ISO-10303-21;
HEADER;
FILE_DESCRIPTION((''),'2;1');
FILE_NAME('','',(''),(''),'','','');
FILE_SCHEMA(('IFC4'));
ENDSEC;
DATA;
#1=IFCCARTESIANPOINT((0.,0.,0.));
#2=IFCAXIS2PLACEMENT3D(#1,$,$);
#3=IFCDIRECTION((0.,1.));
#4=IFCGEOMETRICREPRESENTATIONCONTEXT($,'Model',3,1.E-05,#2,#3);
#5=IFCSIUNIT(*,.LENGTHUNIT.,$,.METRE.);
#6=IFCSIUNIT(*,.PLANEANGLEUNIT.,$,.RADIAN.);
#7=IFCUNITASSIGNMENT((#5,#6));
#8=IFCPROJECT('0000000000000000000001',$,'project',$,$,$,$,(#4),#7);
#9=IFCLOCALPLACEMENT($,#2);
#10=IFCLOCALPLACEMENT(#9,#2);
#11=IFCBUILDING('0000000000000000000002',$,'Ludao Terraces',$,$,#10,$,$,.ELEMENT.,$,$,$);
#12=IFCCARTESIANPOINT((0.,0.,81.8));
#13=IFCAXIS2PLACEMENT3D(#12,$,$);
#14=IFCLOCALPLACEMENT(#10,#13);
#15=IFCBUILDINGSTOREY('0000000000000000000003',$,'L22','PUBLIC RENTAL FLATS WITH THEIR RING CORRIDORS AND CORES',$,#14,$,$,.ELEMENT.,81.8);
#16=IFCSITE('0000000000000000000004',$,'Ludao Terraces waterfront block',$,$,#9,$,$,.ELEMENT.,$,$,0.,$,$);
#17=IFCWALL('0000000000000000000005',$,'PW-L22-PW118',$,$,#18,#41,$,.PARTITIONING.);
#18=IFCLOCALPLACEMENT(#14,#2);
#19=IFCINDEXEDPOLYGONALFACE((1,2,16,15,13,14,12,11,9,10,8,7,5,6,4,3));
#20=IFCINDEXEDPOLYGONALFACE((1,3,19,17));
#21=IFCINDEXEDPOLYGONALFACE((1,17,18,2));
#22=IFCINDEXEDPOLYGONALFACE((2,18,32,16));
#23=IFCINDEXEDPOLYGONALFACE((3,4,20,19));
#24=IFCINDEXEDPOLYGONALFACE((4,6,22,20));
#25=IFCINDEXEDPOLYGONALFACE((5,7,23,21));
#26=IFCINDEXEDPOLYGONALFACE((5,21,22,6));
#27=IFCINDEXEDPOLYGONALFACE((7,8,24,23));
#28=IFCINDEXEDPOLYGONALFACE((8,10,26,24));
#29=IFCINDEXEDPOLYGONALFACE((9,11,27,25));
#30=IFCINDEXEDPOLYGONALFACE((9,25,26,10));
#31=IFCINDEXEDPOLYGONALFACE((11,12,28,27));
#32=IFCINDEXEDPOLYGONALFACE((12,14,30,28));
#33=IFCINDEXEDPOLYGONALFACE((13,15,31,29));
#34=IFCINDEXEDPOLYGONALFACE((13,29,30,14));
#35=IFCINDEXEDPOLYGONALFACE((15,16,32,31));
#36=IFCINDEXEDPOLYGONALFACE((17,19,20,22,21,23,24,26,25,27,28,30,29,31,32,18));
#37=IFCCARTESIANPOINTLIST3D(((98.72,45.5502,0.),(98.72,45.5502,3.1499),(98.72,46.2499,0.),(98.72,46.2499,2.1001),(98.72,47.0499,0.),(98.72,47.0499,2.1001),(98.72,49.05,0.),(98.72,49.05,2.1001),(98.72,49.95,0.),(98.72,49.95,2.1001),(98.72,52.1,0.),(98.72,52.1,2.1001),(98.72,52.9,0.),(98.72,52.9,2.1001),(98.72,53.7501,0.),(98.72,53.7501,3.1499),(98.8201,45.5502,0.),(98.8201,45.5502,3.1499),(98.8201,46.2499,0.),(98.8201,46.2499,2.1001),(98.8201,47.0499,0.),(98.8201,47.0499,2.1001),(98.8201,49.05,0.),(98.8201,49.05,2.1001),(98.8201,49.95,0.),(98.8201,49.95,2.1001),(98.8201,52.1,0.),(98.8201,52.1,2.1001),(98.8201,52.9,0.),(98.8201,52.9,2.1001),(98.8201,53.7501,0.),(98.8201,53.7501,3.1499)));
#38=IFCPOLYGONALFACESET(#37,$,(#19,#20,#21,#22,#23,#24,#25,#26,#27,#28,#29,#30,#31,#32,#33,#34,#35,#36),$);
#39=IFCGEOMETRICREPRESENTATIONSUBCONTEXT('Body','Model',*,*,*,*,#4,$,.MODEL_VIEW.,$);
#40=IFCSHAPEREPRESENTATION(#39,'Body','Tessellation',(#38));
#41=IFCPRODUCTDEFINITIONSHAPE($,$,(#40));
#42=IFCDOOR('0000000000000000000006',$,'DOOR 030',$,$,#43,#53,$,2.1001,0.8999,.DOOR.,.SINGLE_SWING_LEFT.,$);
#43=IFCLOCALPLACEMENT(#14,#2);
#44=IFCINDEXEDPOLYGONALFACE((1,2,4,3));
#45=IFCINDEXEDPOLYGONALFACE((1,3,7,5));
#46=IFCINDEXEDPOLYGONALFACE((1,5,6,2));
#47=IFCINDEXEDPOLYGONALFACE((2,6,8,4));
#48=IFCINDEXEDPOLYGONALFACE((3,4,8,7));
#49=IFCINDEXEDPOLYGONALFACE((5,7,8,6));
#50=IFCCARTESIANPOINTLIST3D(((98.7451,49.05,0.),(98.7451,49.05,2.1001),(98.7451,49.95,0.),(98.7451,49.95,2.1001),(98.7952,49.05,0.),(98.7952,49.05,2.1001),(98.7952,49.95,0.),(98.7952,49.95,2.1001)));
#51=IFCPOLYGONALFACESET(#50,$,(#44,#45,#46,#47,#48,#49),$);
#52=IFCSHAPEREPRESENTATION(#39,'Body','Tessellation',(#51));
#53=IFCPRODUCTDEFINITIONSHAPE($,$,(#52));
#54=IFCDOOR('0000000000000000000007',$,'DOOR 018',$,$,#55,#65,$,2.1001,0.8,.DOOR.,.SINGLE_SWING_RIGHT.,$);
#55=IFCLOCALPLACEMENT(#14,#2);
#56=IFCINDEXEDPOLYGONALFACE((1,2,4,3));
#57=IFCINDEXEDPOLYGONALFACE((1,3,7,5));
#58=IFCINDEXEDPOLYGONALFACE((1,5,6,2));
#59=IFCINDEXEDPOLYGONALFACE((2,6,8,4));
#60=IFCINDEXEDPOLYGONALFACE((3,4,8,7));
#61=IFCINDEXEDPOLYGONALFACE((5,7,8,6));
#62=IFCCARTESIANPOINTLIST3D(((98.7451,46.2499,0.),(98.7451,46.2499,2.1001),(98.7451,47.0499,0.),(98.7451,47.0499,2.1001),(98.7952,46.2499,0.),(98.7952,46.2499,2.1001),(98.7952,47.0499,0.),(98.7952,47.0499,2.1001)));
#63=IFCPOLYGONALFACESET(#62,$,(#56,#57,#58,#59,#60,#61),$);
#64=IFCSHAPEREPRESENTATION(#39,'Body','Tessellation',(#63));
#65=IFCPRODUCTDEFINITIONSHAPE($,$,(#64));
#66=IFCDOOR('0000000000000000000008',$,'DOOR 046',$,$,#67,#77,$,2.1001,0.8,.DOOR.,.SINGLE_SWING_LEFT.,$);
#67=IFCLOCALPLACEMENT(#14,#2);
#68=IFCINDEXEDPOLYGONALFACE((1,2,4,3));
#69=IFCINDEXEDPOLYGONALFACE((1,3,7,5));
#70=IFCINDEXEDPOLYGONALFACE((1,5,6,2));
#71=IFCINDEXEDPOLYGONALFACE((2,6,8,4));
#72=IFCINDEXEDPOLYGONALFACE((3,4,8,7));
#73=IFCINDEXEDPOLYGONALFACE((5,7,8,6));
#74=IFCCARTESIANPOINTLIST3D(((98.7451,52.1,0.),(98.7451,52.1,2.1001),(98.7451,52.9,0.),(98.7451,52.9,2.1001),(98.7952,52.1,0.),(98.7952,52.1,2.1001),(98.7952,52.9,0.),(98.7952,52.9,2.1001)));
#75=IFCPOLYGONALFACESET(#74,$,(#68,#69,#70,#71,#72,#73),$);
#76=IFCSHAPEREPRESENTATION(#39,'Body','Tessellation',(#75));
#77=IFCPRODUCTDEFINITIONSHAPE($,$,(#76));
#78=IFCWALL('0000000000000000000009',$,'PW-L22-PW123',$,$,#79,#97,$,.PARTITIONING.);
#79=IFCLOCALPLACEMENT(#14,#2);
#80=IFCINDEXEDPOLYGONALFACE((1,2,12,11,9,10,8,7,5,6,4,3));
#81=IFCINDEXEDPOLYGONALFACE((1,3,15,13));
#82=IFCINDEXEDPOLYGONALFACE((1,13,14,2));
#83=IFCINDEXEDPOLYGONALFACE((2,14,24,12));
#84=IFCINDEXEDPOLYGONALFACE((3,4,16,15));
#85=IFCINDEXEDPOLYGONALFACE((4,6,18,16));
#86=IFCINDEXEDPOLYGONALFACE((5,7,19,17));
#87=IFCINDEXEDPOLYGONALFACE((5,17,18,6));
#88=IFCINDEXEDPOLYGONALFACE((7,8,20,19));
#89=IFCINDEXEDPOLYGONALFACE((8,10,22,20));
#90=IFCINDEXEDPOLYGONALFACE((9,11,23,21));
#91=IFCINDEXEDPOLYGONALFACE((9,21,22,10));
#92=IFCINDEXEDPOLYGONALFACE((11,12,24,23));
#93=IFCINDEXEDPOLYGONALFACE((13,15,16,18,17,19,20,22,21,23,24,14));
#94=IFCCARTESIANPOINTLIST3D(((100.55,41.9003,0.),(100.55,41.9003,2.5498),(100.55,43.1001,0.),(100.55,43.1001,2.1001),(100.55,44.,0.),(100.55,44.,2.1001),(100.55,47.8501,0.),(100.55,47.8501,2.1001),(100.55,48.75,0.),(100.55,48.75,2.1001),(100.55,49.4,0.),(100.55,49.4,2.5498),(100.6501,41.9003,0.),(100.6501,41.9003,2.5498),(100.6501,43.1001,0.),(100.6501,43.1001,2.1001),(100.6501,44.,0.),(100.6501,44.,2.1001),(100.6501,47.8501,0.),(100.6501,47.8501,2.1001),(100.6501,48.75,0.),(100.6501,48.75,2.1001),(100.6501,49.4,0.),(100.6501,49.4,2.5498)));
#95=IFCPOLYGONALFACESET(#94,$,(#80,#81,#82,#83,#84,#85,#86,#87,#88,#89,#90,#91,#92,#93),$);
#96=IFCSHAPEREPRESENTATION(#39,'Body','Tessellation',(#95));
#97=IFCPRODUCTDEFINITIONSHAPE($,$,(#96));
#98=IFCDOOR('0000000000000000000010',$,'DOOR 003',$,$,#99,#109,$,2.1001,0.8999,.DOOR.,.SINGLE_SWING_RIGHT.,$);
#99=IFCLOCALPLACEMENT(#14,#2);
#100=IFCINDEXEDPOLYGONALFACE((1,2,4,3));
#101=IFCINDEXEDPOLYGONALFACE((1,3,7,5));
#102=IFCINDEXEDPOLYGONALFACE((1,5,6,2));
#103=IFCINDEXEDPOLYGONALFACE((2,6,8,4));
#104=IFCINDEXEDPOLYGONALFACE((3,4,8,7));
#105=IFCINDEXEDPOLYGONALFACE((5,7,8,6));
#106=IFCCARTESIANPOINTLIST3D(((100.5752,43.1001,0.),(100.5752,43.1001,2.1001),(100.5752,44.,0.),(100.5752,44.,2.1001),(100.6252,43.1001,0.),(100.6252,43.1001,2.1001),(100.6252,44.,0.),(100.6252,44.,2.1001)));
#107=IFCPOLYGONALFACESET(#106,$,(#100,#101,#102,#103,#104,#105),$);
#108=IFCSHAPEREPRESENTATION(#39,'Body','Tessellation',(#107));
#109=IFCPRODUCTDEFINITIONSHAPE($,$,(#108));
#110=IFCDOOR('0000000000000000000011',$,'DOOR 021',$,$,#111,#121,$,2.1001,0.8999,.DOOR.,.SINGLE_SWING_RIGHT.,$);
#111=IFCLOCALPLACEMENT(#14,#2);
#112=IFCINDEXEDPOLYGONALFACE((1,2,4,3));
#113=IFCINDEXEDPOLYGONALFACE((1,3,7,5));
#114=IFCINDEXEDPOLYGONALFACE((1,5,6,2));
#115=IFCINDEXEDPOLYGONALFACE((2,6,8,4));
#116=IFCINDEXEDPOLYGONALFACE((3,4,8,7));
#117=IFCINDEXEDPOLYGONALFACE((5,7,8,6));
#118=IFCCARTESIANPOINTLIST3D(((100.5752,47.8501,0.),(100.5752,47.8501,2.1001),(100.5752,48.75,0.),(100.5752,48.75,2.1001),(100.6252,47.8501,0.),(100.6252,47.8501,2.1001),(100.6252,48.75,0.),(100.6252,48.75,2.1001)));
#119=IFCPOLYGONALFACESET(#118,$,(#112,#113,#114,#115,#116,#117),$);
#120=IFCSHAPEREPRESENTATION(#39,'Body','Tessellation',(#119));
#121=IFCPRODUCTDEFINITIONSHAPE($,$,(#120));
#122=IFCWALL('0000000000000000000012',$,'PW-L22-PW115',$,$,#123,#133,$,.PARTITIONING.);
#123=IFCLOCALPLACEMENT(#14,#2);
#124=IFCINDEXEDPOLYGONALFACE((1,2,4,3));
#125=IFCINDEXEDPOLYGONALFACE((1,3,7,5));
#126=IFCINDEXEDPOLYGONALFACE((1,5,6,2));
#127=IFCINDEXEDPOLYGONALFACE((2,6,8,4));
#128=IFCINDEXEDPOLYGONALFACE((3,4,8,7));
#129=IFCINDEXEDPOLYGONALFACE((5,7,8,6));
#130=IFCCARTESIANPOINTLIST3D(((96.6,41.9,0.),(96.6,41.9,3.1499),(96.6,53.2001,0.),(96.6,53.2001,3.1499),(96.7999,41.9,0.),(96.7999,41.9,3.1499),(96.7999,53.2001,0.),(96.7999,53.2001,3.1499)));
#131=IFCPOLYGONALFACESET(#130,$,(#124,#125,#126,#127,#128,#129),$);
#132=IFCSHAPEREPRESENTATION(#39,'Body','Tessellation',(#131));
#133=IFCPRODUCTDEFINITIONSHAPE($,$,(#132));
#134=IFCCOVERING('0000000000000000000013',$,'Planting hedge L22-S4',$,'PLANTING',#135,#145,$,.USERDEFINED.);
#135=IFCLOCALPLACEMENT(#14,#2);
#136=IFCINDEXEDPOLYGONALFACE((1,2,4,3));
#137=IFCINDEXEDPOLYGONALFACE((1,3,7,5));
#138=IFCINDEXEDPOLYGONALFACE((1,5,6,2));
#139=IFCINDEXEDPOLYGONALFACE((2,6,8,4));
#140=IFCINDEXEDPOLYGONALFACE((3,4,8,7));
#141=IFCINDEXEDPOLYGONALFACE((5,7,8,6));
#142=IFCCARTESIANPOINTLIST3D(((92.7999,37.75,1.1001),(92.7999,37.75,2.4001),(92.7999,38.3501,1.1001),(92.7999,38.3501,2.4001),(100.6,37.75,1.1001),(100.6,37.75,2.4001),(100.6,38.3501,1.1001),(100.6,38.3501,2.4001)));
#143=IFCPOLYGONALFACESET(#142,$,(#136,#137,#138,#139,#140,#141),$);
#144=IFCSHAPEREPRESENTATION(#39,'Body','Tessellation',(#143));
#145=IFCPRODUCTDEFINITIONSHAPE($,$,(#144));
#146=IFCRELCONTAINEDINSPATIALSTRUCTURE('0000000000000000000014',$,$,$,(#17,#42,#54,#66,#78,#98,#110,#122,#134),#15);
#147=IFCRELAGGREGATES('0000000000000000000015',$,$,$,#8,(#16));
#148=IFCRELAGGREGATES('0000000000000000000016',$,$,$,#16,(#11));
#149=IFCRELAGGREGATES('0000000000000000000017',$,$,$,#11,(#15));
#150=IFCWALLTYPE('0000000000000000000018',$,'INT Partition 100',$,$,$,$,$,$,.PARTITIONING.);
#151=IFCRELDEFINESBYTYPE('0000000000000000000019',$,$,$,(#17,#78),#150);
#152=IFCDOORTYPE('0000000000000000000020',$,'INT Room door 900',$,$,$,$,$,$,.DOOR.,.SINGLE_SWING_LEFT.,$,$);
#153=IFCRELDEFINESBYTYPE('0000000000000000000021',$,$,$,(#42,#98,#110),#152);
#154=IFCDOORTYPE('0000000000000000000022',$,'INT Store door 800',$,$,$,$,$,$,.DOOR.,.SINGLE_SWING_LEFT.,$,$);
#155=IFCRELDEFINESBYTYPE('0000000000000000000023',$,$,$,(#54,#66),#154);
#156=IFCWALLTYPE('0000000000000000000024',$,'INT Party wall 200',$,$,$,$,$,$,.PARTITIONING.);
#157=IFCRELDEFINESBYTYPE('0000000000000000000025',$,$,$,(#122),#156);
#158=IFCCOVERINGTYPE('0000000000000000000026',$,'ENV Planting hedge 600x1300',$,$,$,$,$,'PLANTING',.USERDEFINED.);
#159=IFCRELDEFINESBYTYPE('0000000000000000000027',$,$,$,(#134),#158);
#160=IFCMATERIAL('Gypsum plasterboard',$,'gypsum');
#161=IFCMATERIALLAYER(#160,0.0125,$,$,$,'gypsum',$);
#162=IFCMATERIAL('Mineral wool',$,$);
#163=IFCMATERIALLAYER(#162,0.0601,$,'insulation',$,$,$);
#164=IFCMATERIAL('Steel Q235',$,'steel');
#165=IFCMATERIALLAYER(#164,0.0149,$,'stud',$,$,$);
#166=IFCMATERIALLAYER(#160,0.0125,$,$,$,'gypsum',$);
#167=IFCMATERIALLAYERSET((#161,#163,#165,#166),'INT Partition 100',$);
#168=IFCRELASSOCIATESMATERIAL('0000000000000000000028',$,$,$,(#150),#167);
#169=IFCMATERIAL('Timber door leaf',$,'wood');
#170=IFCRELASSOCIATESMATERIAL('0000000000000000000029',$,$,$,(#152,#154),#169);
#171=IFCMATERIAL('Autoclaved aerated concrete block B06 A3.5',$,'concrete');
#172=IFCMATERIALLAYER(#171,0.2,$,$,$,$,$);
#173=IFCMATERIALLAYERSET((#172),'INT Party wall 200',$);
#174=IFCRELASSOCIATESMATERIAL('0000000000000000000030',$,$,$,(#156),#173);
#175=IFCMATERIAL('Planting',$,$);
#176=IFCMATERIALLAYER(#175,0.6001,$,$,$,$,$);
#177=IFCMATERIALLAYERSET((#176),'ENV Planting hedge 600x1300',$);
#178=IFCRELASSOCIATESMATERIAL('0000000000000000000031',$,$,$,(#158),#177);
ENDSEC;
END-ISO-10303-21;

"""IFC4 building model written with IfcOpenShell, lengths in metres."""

from ifc_helpers import new_model, si_unit, direction, frame, frame_2d, origin, origin_2d, place, context, subcontext, project, spatial, rectangle, extrude, material, layer, layer_set, type_object, element, fill, save


model = new_model("IFC4")

# Units and contexts
model_context = context("Model", 3, precision=1e-05, world=origin(), true_north=direction((0.0, 1.0)))
body_context = subcontext(model_context, "Body", "Model", "MODEL_VIEW")
ifc_project = project(units=[si_unit("LENGTHUNIT", "METRE"), si_unit("PLANEANGLEUNIT", "RADIAN")], contexts=[model_context])

# Site, building, storey
site_placement = place(None, origin())
site = spatial("IfcSite", under=ifc_project, at=site_placement, Name="Ludao Terraces waterfront block", CompositionType="ELEMENT", RefElevation=0.0)
building_placement = place(site_placement, origin())
building = spatial("IfcBuilding", under=site, at=building_placement, Name="Ludao Terraces", CompositionType="ELEMENT")
storey_placement = place(building_placement, frame((0.0, 0.0, 81.8)))
storey = spatial("IfcBuildingStorey", under=building, at=storey_placement, Name="L22", Description="PUBLIC RENTAL FLATS WITH THEIR RING CORRIDORS AND CORES", CompositionType="ELEMENT", Elevation=81.8)

# Shared definitions
ifc_material_1 = material(Name="Gypsum plasterboard", Category="gypsum")
ifc_layer_1 = layer(ifc_material_1, 0.0125, Category="gypsum")
ifc_material_2 = material(Name="Mineral wool")
ifc_layer_2 = layer(ifc_material_2, 0.0601, Name="insulation")
ifc_material_3 = material(Name="Steel Q235", Category="steel")
ifc_layer_3 = layer(ifc_material_3, 0.0149, Name="stud")
ifc_layer_4 = layer(ifc_material_1, 0.0125, Category="gypsum")
ifc_layer_set_1 = layer_set([ifc_layer_1, ifc_layer_2, ifc_layer_3, ifc_layer_4], Name="INT Partition 100")
wall_type_1 = type_object("IfcWallType", Name="INT Partition 100", PredefinedType="PARTITIONING", material=ifc_layer_set_1)

# Walls, openings, doors
wall_1_placement = place(storey_placement, frame((98.77, 45.55, 0.0), z_axis=(0.0, 0.0, 1.0), x_axis=(0.0, 1.0, 0.0)))
wall_1 = element("IfcWall", 1, at=wall_1_placement, inside=storey, type_object=wall_type_1, Name="PW-L22-PW118", PredefinedType="PARTITIONING", context=body_context, shape_type="SweptSolid", body=[
    extrude(rectangle(XDim=8.2, YDim=0.1001, at=frame_2d((4.1001, 0.0))), origin(), (0.0, 0.0, 1.0), 3.1499),
])
opening_1_placement = place(wall_1_placement, frame((0.7, 0.0, 0.0)))
opening_1 = element("IfcOpeningElement", 2, at=opening_1_placement, cuts=wall_1, PredefinedType="OPENING", context=body_context, shape_type="SweptSolid", body=[
    extrude(rectangle(XDim=0.8, YDim=2.1001, at=frame_2d((0.3999, 1.05))), frame((0.0, 0.0601, 0.0), z_axis=(0.0, -1.0, 0.0), x_axis=(1.0, 0.0, 0.0)), (0.0, 0.0, 1.0), 0.1201),
])
opening_2_placement = place(wall_1_placement, frame((3.5, 0.0, 0.0)))
opening_2 = element("IfcOpeningElement", 3, at=opening_2_placement, cuts=wall_1, PredefinedType="OPENING", context=body_context, shape_type="SweptSolid", body=[
    extrude(rectangle(XDim=0.8999, YDim=2.1001, at=frame_2d((0.45, 1.05))), frame((0.0, 0.0601, 0.0), z_axis=(0.0, -1.0, 0.0), x_axis=(1.0, 0.0, 0.0)), (0.0, 0.0, 1.0), 0.1201),
])
opening_3_placement = place(wall_1_placement, frame((6.55, 0.0, 0.0)))
opening_3 = element("IfcOpeningElement", 4, at=opening_3_placement, cuts=wall_1, PredefinedType="OPENING", context=body_context, shape_type="SweptSolid", body=[
    extrude(rectangle(XDim=0.8, YDim=2.1001, at=frame_2d((0.3999, 1.05))), frame((0.0, 0.0601, 0.0), z_axis=(0.0, -1.0, 0.0), x_axis=(1.0, 0.0, 0.0)), (0.0, 0.0, 1.0), 0.1201),
])
ifc_material_4 = material(Name="Timber door leaf", Category="wood")
door_type_1 = type_object("IfcDoorType", Name="INT Room door 900", OperationType="SINGLE_SWING_LEFT", PredefinedType="DOOR", material=ifc_material_4)
door_1_placement = place(opening_2_placement, origin())
door_1 = element("IfcDoor", 5, at=door_1_placement, inside=storey, type_object=door_type_1, Name="DOOR 030", OperationType="SINGLE_SWING_LEFT", OverallHeight=2.1001, OverallWidth=0.8999, PredefinedType="DOOR", context=body_context, shape_type="SweptSolid", body=[
    extrude(rectangle(XDim=0.8999, YDim=2.1001, at=frame_2d((0.45, 1.05))), frame((0.0, 0.0249, 0.0), z_axis=(0.0, -1.0, 0.0), x_axis=(1.0, 0.0, 0.0)), (0.0, 0.0, 1.0), 0.05),
])
fill(opening_2, door_1)
door_type_2 = type_object("IfcDoorType", Name="INT Store door 800", OperationType="SINGLE_SWING_LEFT", PredefinedType="DOOR", material=ifc_material_4)
door_2_placement = place(opening_1_placement, origin())
door_2 = element("IfcDoor", 6, at=door_2_placement, inside=storey, type_object=door_type_2, Name="DOOR 018", OperationType="SINGLE_SWING_RIGHT", OverallHeight=2.1001, OverallWidth=0.8, PredefinedType="DOOR", context=body_context, shape_type="SweptSolid", body=[
    extrude(rectangle(XDim=0.8, YDim=2.1001, at=frame_2d((0.3999, 1.05))), frame((0.0, 0.0249, 0.0), z_axis=(0.0, -1.0, 0.0), x_axis=(1.0, 0.0, 0.0)), (0.0, 0.0, 1.0), 0.05),
])
fill(opening_1, door_2)
door_3_placement = place(opening_3_placement, origin())
door_3 = element("IfcDoor", 7, at=door_3_placement, inside=storey, type_object=door_type_2, Name="DOOR 046", OperationType="SINGLE_SWING_LEFT", OverallHeight=2.1001, OverallWidth=0.8, PredefinedType="DOOR", context=body_context, shape_type="SweptSolid", body=[
    extrude(rectangle(XDim=0.8, YDim=2.1001, at=frame_2d((0.3999, 1.05))), frame((0.0, 0.0249, 0.0), z_axis=(0.0, -1.0, 0.0), x_axis=(1.0, 0.0, 0.0)), (0.0, 0.0, 1.0), 0.05),
])
fill(opening_3, door_3)
wall_2_placement = place(storey_placement, frame((100.6001, 41.9001, 0.0), z_axis=(0.0, 0.0, 1.0), x_axis=(0.0, 1.0, 0.0)))
wall_2 = element("IfcWall", 8, at=wall_2_placement, inside=storey, type_object=wall_type_1, Name="PW-L22-PW123", PredefinedType="PARTITIONING", context=body_context, shape_type="SweptSolid", body=[
    extrude(rectangle(XDim=7.4998, YDim=0.1001, at=frame_2d((3.75, 0.0))), origin(), (0.0, 0.0, 1.0), 2.5498),
])
opening_4_placement = place(wall_2_placement, frame((1.2, 0.0, 0.0)))
opening_4 = element("IfcOpeningElement", 9, at=opening_4_placement, cuts=wall_2, PredefinedType="OPENING", context=body_context, shape_type="SweptSolid", body=[
    extrude(rectangle(XDim=0.8999, YDim=2.1001, at=frame_2d((0.45, 1.05))), frame((0.0, 0.0601, 0.0), z_axis=(0.0, -1.0, 0.0), x_axis=(1.0, 0.0, 0.0)), (0.0, 0.0, 1.0), 0.1201),
])
opening_5_placement = place(wall_2_placement, frame((5.95, 0.0, 0.0)))
opening_5 = element("IfcOpeningElement", 10, at=opening_5_placement, cuts=wall_2, PredefinedType="OPENING", context=body_context, shape_type="SweptSolid", body=[
    extrude(rectangle(XDim=0.8999, YDim=2.1001, at=frame_2d((0.45, 1.05))), frame((0.0, 0.0601, 0.0), z_axis=(0.0, -1.0, 0.0), x_axis=(1.0, 0.0, 0.0)), (0.0, 0.0, 1.0), 0.1201),
])
door_4_placement = place(opening_4_placement, origin())
door_4 = element("IfcDoor", 11, at=door_4_placement, inside=storey, type_object=door_type_1, Name="DOOR 003", OperationType="SINGLE_SWING_RIGHT", OverallHeight=2.1001, OverallWidth=0.8999, PredefinedType="DOOR", context=body_context, shape_type="SweptSolid", body=[
    extrude(rectangle(XDim=0.8999, YDim=2.1001, at=frame_2d((0.45, 1.05))), frame((0.0, 0.0249, 0.0), z_axis=(0.0, -1.0, 0.0), x_axis=(1.0, 0.0, 0.0)), (0.0, 0.0, 1.0), 0.05),
])
fill(opening_4, door_4)
door_5_placement = place(opening_5_placement, origin())
door_5 = element("IfcDoor", 12, at=door_5_placement, inside=storey, type_object=door_type_1, Name="DOOR 021", OperationType="SINGLE_SWING_RIGHT", OverallHeight=2.1001, OverallWidth=0.8999, PredefinedType="DOOR", context=body_context, shape_type="SweptSolid", body=[
    extrude(rectangle(XDim=0.8999, YDim=2.1001, at=frame_2d((0.45, 1.05))), frame((0.0, 0.0249, 0.0), z_axis=(0.0, -1.0, 0.0), x_axis=(1.0, 0.0, 0.0)), (0.0, 0.0, 1.0), 0.05),
])
fill(opening_5, door_5)

# Wall
ifc_material_5 = material(Name="Autoclaved aerated concrete block B06 A3.5", Category="concrete")
ifc_layer_5 = layer(ifc_material_5, 0.2)
ifc_layer_set_2 = layer_set([ifc_layer_5], Name="INT Party wall 200")
wall_type_2 = type_object("IfcWallType", Name="INT Party wall 200", PredefinedType="PARTITIONING", material=ifc_layer_set_2)
wall_3_placement = place(storey_placement, frame((96.7, 41.9001, 0.0), z_axis=(0.0, 0.0, 1.0), x_axis=(0.0, 1.0, 0.0)))
element("IfcWall", 13, at=wall_3_placement, inside=storey, type_object=wall_type_2, Name="PW-L22-PW115", PredefinedType="PARTITIONING", context=body_context, shape_type="SweptSolid", body=[
    extrude(rectangle(XDim=11.3, YDim=0.2, at=frame_2d((5.6499, 0.0))), origin(), (0.0, 0.0, 1.0), 3.1499),
])

# Covering
ifc_material_6 = material(Name="Planting")
ifc_layer_6 = layer(ifc_material_6, 0.6001)
ifc_layer_set_3 = layer_set([ifc_layer_6], Name="ENV Planting hedge 600x1300")
covering_type = type_object("IfcCoveringType", Name="ENV Planting hedge 600x1300", ElementType="PLANTING", PredefinedType="USERDEFINED", material=ifc_layer_set_3)
covering_placement = place(storey_placement, frame((96.7, 38.05, 1.1001), z_axis=(0.0, 0.0, 1.0), x_axis=(1.0, 0.0, 0.0)))
element("IfcCovering", 14, at=covering_placement, inside=storey, type_object=covering_type, Name="Planting hedge L22-S4", ObjectType="PLANTING", PredefinedType="USERDEFINED", context=body_context, shape_type="SweptSolid", body=[
    extrude(rectangle(XDim=7.8, YDim=0.6001, at=origin_2d()), origin(), (0.0, 0.0, 1.0), 1.3),
])

save(model, "model.ifc")
